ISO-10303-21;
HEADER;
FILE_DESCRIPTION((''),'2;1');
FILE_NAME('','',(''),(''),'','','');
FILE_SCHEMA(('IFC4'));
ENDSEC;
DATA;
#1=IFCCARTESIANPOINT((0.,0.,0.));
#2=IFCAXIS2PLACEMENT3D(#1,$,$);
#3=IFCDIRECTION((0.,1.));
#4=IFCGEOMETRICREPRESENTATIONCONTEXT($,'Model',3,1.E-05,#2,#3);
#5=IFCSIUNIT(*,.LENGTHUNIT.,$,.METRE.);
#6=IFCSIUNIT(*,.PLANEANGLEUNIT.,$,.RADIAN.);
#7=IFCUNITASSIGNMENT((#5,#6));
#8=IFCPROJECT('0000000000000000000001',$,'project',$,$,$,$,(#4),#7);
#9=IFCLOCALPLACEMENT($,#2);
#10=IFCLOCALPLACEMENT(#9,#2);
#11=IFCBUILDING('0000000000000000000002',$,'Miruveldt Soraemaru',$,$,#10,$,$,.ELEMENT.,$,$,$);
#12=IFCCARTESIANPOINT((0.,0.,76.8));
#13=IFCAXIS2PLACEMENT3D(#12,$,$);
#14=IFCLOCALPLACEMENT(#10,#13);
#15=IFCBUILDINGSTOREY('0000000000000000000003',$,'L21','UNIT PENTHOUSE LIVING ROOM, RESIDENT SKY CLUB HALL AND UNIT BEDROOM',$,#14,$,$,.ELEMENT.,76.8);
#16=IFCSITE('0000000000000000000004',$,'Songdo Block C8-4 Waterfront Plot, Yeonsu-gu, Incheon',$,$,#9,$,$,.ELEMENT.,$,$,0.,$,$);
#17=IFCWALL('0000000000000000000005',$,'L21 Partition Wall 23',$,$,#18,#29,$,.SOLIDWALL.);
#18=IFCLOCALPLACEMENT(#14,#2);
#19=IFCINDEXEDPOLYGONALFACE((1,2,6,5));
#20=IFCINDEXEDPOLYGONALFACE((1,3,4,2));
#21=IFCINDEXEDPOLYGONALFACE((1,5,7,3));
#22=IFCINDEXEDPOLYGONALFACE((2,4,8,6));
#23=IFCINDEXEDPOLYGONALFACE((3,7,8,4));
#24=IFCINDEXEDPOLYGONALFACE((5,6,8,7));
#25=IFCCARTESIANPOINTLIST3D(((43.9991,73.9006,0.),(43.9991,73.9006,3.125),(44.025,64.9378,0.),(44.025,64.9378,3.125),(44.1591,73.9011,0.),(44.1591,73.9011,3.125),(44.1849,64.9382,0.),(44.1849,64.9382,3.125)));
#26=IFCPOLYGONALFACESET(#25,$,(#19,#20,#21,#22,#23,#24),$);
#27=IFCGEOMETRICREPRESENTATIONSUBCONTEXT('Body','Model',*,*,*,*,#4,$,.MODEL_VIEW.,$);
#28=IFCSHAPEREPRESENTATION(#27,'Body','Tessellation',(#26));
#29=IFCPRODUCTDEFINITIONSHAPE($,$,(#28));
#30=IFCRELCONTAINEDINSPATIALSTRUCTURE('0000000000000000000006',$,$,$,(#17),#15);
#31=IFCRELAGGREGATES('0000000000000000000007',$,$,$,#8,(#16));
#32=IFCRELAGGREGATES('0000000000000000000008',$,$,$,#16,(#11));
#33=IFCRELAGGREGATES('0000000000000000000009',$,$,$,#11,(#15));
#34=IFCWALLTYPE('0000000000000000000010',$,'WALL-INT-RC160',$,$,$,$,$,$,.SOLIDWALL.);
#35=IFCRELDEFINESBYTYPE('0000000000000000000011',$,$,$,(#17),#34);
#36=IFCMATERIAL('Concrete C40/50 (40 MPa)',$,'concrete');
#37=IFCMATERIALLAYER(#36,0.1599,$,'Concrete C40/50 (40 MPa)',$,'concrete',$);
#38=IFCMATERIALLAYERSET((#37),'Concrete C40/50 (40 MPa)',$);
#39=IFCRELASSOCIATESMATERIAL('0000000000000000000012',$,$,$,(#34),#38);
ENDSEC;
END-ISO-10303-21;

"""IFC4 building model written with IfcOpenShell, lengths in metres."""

from ifc_helpers import new_model, si_unit, direction, frame, frame_2d, origin, place, context, subcontext, project, spatial, rectangle, extrude, material, layer, layer_set, type_object, element, save


model = new_model("IFC4")

# Units and contexts
model_context = context("Model", 3, precision=1e-05, world=origin(), true_north=direction((0.0, 1.0)))
body_context = subcontext(model_context, "Body", "Model", "MODEL_VIEW")
ifc_project = project(units=[si_unit("LENGTHUNIT", "METRE"), si_unit("PLANEANGLEUNIT", "RADIAN")], contexts=[model_context])

# Site, building, storey
site_placement = place(None, origin())
site = spatial("IfcSite", under=ifc_project, at=site_placement, Name="Songdo Block C8-4 Waterfront Plot, Yeonsu-gu, Incheon", CompositionType="ELEMENT", RefElevation=0.0)
building_placement = place(site_placement, origin())
building = spatial("IfcBuilding", under=site, at=building_placement, Name="Miruveldt Soraemaru", CompositionType="ELEMENT")
storey_placement = place(building_placement, frame((0.0, 0.0, 76.8)))
storey = spatial("IfcBuildingStorey", under=building, at=storey_placement, Name="L21", Description="UNIT PENTHOUSE LIVING ROOM, RESIDENT SKY CLUB HALL AND UNIT BEDROOM", CompositionType="ELEMENT", Elevation=76.8)

# Wall
ifc_material_1 = material(Name="Concrete C40/50 (40 MPa)", Category="concrete")
ifc_layer_1 = layer(ifc_material_1, 0.1599, Name="Concrete C40/50 (40 MPa)", Category="concrete")
ifc_layer_set_1 = layer_set([ifc_layer_1], Name="Concrete C40/50 (40 MPa)")
wall_type_1 = type_object("IfcWallType", Name="WALL-INT-RC160", PredefinedType="SOLIDWALL", material=ifc_layer_set_1)
wall_1_placement = place(storey_placement, frame((44.105, 64.938, 0.0), z_axis=(0.0, 0.0, 1.0), x_axis=(-0.002887, 0.999996, 0.0)))
element("IfcWall", 1, at=wall_1_placement, inside=storey, type_object=wall_type_1, Name="L21 Partition Wall 23", PredefinedType="SOLIDWALL", context=body_context, shape_type="SweptSolid", body=[
    extrude(rectangle(XDim=8.9629, YDim=0.1599, at=frame_2d((4.4814, 0.0))), origin(), (0.0, 0.0, 1.0), 3.125),
])

save(model, "model.ifc")
